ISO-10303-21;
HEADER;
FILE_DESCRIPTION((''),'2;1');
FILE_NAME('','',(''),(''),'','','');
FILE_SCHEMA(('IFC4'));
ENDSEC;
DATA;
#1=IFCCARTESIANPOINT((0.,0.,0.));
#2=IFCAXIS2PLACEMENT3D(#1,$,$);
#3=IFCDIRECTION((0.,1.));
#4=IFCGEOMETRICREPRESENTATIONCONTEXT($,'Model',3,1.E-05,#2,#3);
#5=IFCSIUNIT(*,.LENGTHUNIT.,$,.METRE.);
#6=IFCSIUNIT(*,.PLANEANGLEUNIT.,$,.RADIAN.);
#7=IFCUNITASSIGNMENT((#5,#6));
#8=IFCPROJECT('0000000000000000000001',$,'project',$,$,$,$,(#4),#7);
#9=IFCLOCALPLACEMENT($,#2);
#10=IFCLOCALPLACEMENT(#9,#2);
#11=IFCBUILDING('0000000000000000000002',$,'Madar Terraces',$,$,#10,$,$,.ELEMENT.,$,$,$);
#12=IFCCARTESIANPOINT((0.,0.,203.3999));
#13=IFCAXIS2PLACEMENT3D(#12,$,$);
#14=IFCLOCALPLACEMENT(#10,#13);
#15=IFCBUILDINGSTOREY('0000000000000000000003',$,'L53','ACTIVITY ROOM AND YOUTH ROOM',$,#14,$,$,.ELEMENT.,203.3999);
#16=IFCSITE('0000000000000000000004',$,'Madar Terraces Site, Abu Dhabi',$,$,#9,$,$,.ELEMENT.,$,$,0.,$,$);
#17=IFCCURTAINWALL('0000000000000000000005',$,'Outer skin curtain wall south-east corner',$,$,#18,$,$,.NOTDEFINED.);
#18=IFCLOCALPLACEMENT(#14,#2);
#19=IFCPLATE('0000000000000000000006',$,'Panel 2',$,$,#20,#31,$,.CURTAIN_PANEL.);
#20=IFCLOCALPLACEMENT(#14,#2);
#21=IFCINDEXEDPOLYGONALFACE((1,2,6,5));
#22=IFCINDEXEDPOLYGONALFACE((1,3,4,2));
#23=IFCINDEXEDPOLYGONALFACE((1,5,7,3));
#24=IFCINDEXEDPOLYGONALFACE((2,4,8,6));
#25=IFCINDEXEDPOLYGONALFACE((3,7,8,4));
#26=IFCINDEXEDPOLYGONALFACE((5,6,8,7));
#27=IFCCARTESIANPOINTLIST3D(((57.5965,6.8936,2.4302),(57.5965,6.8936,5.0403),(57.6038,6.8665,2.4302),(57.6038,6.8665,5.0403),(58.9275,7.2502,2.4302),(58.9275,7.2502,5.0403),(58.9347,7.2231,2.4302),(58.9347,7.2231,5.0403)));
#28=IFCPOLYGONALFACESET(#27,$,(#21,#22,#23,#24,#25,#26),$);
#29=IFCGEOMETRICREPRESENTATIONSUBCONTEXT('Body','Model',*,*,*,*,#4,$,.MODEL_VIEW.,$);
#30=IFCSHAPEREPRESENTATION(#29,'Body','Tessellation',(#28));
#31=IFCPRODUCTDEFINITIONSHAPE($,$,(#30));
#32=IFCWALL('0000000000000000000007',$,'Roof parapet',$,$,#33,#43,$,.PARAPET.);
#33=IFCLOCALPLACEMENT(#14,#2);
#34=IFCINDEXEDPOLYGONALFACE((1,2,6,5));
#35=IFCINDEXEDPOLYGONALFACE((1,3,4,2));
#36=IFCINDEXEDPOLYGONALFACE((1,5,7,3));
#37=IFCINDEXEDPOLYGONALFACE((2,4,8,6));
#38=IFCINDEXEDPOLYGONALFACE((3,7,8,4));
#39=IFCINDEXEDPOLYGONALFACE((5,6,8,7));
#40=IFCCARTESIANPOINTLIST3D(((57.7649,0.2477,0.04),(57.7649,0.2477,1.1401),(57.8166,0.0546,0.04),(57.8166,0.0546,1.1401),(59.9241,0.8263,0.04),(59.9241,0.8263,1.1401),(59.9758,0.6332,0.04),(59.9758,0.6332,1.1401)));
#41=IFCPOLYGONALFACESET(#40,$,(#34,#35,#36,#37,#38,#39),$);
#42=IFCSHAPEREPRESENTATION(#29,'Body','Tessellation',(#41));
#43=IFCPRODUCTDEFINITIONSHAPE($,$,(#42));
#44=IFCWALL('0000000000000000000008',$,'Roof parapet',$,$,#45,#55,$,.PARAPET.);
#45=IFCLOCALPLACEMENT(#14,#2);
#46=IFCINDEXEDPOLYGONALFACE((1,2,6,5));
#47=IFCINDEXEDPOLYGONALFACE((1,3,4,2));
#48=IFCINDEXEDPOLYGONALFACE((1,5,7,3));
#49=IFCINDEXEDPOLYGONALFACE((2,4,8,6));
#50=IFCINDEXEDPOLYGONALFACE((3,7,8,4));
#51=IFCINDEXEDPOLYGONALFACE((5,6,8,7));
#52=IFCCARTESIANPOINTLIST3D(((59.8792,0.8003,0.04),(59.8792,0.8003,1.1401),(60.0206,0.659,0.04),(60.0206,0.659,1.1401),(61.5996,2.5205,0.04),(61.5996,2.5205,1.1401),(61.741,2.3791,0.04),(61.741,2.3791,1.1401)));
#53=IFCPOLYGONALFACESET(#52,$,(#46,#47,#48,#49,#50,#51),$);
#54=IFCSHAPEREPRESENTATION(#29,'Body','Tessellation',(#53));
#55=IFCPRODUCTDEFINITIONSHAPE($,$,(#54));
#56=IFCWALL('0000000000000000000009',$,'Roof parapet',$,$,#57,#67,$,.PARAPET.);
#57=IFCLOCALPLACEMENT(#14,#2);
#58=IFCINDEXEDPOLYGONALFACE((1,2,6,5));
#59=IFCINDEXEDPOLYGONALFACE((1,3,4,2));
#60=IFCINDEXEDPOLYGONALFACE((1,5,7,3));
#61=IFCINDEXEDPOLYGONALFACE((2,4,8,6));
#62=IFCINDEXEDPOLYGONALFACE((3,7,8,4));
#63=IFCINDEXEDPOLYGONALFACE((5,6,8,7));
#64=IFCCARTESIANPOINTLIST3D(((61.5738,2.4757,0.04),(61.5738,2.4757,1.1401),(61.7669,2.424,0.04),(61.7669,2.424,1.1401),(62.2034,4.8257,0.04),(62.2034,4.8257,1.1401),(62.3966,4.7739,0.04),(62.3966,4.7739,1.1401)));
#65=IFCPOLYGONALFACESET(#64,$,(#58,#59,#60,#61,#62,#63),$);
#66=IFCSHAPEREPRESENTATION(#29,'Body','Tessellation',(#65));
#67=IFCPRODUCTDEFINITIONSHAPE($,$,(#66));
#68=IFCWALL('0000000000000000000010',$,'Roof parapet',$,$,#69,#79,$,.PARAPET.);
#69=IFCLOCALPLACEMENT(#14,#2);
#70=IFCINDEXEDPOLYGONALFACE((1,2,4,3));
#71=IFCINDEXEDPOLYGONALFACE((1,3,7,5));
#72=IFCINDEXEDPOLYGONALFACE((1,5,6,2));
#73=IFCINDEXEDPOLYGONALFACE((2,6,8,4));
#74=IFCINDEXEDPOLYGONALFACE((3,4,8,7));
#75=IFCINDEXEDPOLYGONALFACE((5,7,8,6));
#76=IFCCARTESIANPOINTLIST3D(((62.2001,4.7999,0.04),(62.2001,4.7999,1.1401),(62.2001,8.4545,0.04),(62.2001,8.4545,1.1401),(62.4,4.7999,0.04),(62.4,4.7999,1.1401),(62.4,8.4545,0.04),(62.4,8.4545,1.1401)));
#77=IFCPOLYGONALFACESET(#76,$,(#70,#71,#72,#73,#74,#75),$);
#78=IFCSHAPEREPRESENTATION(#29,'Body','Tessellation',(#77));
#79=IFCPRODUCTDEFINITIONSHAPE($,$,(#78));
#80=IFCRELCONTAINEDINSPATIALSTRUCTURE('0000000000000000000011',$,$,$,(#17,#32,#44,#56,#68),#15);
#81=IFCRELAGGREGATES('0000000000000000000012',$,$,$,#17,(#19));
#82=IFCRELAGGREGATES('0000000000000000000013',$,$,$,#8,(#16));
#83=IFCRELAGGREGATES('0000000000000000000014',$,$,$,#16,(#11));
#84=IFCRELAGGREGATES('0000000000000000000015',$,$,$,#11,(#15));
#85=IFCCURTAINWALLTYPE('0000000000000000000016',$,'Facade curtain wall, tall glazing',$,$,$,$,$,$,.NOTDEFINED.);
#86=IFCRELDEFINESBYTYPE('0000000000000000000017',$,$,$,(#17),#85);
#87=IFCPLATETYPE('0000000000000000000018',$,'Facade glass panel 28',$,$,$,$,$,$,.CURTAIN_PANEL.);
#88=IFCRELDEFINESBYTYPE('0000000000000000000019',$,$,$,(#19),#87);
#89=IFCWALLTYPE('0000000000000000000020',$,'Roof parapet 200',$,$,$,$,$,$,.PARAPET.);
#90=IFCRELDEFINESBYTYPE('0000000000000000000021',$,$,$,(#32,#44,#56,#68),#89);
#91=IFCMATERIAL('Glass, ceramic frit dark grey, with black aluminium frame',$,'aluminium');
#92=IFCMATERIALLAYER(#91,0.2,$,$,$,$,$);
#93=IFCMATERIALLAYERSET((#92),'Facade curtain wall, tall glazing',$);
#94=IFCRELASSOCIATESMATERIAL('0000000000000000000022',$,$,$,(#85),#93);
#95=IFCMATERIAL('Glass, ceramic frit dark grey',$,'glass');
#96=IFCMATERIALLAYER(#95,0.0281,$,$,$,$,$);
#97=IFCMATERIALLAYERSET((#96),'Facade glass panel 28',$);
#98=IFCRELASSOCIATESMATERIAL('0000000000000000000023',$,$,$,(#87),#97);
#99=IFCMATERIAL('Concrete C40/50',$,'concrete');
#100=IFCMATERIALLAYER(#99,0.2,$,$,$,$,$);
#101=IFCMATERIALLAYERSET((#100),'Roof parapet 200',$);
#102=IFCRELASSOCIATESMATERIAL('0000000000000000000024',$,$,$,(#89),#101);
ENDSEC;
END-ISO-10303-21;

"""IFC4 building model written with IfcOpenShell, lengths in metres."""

from ifc_helpers import new_model, si_unit, direction, frame, frame_2d, origin, origin_2d, place, context, subcontext, project, spatial, rectangle, extrude, material, layer, layer_set, type_object, element, aggregate, save


model = new_model("IFC4")

# Units and contexts
model_context = context("Model", 3, precision=1e-05, world=origin(), true_north=direction((0.0, 1.0)))
body_context = subcontext(model_context, "Body", "Model", "MODEL_VIEW")
ifc_project = project(units=[si_unit("LENGTHUNIT", "METRE"), si_unit("PLANEANGLEUNIT", "RADIAN")], contexts=[model_context])

# Site, building, storey
site_placement = place(None, origin())
site = spatial("IfcSite", under=ifc_project, at=site_placement, Name="Madar Terraces Site, Abu Dhabi", CompositionType="ELEMENT", RefElevation=0.0)
building_placement = place(site_placement, origin())
building = spatial("IfcBuilding", under=site, at=building_placement, Name="Madar Terraces", CompositionType="ELEMENT")
storey_placement = place(building_placement, frame((0.0, 0.0, 203.3999)))
storey = spatial("IfcBuildingStorey", under=building, at=storey_placement, Name="L53", Description="ACTIVITY ROOM AND YOUTH ROOM", CompositionType="ELEMENT", Elevation=203.3999)

# Curtain wall
ifc_material_1 = material(Name="Glass, ceramic frit dark grey, with black aluminium frame", Category="aluminium")
ifc_layer_1 = layer(ifc_material_1, 0.2)
ifc_layer_set_1 = layer_set([ifc_layer_1], Name="Facade curtain wall, tall glazing")
curtain_wall_type = type_object("IfcCurtainWallType", Name="Facade curtain wall, tall glazing", PredefinedType="NOTDEFINED", material=ifc_layer_set_1)
curtain_wall_placement = place(storey_placement, origin())
curtain_wall = element("IfcCurtainWall", 1, at=curtain_wall_placement, inside=storey, type_object=curtain_wall_type, Name="Outer skin curtain wall south-east corner", PredefinedType="NOTDEFINED")

# Plate
ifc_material_2 = material(Name="Glass, ceramic frit dark grey", Category="glass")
ifc_layer_2 = layer(ifc_material_2, 0.0281)
ifc_layer_set_2 = layer_set([ifc_layer_2], Name="Facade glass panel 28")
plate_type = type_object("IfcPlateType", Name="Facade glass panel 28", PredefinedType="CURTAIN_PANEL", material=ifc_layer_set_2)
plate_1_placement = place(storey_placement, frame((58.2656, 7.0583, 2.4302), z_axis=(0.0, 0.0, 1.0), x_axis=(0.965926, 0.258819, 0.0)))
plate_1 = element("IfcPlate", 2, at=plate_1_placement, type_object=plate_type, Name="Panel 2", PredefinedType="CURTAIN_PANEL", context=body_context, shape_type="SweptSolid", body=[
    extrude(rectangle(XDim=1.3779, YDim=0.0281, at=origin_2d()), origin(), (0.0, 0.0, 1.0), 2.6101),
])
aggregate(curtain_wall, [plate_1])

# Walls
ifc_material_3 = material(Name="Concrete C40/50", Category="concrete")
ifc_layer_3 = layer(ifc_material_3, 0.2)
ifc_layer_set_3 = layer_set([ifc_layer_3], Name="Roof parapet 200")
wall_type = type_object("IfcWallType", Name="Roof parapet 200", PredefinedType="PARAPET", material=ifc_layer_set_3)
wall_1_placement = place(storey_placement, frame((57.7908, 0.1511, 0.04), z_axis=(0.0, 0.0, 1.0), x_axis=(0.965919, 0.258845, 0.0)))
element("IfcWall", 3, at=wall_1_placement, inside=storey, type_object=wall_type, Name="Roof parapet", PredefinedType="PARAPET", context=body_context, shape_type="SweptSolid", body=[
    extrude(rectangle(XDim=2.2354, YDim=0.2, at=frame_2d((1.1177, 0.0))), origin(), (0.0, 0.0, 1.0), 1.1001),
])
for number, where, z_axis, x_axis, name in (
    (4, (59.95, 0.7297, 0.04), (0.0, 0.0, 1.0), (0.707157, 0.707057, 0.0), "Roof parapet"),
    (5, (61.6704, 2.45, 0.04), (0.0, 0.0, 1.0), (0.258793, 0.965933, 0.0), "Roof parapet"),
):
    element("IfcWall", number, at=place(storey_placement, frame(where, z_axis=z_axis, x_axis=x_axis)), inside=storey, type_object=wall_type, Name=name, PredefinedType="PARAPET", context=body_context, shape_type="SweptSolid", body=[
        extrude(rectangle(XDim=2.4329, YDim=0.2, at=frame_2d((1.2163, 0.0))), origin(), (0.0, 0.0, 1.0), 1.1001),
    ])
wall_2_placement = place(storey_placement, frame((62.3, 4.8, 0.04), z_axis=(0.0, 0.0, 1.0), x_axis=(0.0, 1.0, 0.0)))
element("IfcWall", 6, at=wall_2_placement, inside=storey, type_object=wall_type, Name="Roof parapet", PredefinedType="PARAPET", context=body_context, shape_type="SweptSolid", body=[
    extrude(rectangle(XDim=3.6545, YDim=0.2, at=frame_2d((1.8271, 0.0))), origin(), (0.0, 0.0, 1.0), 1.1001),
])

save(model, "model.ifc")
